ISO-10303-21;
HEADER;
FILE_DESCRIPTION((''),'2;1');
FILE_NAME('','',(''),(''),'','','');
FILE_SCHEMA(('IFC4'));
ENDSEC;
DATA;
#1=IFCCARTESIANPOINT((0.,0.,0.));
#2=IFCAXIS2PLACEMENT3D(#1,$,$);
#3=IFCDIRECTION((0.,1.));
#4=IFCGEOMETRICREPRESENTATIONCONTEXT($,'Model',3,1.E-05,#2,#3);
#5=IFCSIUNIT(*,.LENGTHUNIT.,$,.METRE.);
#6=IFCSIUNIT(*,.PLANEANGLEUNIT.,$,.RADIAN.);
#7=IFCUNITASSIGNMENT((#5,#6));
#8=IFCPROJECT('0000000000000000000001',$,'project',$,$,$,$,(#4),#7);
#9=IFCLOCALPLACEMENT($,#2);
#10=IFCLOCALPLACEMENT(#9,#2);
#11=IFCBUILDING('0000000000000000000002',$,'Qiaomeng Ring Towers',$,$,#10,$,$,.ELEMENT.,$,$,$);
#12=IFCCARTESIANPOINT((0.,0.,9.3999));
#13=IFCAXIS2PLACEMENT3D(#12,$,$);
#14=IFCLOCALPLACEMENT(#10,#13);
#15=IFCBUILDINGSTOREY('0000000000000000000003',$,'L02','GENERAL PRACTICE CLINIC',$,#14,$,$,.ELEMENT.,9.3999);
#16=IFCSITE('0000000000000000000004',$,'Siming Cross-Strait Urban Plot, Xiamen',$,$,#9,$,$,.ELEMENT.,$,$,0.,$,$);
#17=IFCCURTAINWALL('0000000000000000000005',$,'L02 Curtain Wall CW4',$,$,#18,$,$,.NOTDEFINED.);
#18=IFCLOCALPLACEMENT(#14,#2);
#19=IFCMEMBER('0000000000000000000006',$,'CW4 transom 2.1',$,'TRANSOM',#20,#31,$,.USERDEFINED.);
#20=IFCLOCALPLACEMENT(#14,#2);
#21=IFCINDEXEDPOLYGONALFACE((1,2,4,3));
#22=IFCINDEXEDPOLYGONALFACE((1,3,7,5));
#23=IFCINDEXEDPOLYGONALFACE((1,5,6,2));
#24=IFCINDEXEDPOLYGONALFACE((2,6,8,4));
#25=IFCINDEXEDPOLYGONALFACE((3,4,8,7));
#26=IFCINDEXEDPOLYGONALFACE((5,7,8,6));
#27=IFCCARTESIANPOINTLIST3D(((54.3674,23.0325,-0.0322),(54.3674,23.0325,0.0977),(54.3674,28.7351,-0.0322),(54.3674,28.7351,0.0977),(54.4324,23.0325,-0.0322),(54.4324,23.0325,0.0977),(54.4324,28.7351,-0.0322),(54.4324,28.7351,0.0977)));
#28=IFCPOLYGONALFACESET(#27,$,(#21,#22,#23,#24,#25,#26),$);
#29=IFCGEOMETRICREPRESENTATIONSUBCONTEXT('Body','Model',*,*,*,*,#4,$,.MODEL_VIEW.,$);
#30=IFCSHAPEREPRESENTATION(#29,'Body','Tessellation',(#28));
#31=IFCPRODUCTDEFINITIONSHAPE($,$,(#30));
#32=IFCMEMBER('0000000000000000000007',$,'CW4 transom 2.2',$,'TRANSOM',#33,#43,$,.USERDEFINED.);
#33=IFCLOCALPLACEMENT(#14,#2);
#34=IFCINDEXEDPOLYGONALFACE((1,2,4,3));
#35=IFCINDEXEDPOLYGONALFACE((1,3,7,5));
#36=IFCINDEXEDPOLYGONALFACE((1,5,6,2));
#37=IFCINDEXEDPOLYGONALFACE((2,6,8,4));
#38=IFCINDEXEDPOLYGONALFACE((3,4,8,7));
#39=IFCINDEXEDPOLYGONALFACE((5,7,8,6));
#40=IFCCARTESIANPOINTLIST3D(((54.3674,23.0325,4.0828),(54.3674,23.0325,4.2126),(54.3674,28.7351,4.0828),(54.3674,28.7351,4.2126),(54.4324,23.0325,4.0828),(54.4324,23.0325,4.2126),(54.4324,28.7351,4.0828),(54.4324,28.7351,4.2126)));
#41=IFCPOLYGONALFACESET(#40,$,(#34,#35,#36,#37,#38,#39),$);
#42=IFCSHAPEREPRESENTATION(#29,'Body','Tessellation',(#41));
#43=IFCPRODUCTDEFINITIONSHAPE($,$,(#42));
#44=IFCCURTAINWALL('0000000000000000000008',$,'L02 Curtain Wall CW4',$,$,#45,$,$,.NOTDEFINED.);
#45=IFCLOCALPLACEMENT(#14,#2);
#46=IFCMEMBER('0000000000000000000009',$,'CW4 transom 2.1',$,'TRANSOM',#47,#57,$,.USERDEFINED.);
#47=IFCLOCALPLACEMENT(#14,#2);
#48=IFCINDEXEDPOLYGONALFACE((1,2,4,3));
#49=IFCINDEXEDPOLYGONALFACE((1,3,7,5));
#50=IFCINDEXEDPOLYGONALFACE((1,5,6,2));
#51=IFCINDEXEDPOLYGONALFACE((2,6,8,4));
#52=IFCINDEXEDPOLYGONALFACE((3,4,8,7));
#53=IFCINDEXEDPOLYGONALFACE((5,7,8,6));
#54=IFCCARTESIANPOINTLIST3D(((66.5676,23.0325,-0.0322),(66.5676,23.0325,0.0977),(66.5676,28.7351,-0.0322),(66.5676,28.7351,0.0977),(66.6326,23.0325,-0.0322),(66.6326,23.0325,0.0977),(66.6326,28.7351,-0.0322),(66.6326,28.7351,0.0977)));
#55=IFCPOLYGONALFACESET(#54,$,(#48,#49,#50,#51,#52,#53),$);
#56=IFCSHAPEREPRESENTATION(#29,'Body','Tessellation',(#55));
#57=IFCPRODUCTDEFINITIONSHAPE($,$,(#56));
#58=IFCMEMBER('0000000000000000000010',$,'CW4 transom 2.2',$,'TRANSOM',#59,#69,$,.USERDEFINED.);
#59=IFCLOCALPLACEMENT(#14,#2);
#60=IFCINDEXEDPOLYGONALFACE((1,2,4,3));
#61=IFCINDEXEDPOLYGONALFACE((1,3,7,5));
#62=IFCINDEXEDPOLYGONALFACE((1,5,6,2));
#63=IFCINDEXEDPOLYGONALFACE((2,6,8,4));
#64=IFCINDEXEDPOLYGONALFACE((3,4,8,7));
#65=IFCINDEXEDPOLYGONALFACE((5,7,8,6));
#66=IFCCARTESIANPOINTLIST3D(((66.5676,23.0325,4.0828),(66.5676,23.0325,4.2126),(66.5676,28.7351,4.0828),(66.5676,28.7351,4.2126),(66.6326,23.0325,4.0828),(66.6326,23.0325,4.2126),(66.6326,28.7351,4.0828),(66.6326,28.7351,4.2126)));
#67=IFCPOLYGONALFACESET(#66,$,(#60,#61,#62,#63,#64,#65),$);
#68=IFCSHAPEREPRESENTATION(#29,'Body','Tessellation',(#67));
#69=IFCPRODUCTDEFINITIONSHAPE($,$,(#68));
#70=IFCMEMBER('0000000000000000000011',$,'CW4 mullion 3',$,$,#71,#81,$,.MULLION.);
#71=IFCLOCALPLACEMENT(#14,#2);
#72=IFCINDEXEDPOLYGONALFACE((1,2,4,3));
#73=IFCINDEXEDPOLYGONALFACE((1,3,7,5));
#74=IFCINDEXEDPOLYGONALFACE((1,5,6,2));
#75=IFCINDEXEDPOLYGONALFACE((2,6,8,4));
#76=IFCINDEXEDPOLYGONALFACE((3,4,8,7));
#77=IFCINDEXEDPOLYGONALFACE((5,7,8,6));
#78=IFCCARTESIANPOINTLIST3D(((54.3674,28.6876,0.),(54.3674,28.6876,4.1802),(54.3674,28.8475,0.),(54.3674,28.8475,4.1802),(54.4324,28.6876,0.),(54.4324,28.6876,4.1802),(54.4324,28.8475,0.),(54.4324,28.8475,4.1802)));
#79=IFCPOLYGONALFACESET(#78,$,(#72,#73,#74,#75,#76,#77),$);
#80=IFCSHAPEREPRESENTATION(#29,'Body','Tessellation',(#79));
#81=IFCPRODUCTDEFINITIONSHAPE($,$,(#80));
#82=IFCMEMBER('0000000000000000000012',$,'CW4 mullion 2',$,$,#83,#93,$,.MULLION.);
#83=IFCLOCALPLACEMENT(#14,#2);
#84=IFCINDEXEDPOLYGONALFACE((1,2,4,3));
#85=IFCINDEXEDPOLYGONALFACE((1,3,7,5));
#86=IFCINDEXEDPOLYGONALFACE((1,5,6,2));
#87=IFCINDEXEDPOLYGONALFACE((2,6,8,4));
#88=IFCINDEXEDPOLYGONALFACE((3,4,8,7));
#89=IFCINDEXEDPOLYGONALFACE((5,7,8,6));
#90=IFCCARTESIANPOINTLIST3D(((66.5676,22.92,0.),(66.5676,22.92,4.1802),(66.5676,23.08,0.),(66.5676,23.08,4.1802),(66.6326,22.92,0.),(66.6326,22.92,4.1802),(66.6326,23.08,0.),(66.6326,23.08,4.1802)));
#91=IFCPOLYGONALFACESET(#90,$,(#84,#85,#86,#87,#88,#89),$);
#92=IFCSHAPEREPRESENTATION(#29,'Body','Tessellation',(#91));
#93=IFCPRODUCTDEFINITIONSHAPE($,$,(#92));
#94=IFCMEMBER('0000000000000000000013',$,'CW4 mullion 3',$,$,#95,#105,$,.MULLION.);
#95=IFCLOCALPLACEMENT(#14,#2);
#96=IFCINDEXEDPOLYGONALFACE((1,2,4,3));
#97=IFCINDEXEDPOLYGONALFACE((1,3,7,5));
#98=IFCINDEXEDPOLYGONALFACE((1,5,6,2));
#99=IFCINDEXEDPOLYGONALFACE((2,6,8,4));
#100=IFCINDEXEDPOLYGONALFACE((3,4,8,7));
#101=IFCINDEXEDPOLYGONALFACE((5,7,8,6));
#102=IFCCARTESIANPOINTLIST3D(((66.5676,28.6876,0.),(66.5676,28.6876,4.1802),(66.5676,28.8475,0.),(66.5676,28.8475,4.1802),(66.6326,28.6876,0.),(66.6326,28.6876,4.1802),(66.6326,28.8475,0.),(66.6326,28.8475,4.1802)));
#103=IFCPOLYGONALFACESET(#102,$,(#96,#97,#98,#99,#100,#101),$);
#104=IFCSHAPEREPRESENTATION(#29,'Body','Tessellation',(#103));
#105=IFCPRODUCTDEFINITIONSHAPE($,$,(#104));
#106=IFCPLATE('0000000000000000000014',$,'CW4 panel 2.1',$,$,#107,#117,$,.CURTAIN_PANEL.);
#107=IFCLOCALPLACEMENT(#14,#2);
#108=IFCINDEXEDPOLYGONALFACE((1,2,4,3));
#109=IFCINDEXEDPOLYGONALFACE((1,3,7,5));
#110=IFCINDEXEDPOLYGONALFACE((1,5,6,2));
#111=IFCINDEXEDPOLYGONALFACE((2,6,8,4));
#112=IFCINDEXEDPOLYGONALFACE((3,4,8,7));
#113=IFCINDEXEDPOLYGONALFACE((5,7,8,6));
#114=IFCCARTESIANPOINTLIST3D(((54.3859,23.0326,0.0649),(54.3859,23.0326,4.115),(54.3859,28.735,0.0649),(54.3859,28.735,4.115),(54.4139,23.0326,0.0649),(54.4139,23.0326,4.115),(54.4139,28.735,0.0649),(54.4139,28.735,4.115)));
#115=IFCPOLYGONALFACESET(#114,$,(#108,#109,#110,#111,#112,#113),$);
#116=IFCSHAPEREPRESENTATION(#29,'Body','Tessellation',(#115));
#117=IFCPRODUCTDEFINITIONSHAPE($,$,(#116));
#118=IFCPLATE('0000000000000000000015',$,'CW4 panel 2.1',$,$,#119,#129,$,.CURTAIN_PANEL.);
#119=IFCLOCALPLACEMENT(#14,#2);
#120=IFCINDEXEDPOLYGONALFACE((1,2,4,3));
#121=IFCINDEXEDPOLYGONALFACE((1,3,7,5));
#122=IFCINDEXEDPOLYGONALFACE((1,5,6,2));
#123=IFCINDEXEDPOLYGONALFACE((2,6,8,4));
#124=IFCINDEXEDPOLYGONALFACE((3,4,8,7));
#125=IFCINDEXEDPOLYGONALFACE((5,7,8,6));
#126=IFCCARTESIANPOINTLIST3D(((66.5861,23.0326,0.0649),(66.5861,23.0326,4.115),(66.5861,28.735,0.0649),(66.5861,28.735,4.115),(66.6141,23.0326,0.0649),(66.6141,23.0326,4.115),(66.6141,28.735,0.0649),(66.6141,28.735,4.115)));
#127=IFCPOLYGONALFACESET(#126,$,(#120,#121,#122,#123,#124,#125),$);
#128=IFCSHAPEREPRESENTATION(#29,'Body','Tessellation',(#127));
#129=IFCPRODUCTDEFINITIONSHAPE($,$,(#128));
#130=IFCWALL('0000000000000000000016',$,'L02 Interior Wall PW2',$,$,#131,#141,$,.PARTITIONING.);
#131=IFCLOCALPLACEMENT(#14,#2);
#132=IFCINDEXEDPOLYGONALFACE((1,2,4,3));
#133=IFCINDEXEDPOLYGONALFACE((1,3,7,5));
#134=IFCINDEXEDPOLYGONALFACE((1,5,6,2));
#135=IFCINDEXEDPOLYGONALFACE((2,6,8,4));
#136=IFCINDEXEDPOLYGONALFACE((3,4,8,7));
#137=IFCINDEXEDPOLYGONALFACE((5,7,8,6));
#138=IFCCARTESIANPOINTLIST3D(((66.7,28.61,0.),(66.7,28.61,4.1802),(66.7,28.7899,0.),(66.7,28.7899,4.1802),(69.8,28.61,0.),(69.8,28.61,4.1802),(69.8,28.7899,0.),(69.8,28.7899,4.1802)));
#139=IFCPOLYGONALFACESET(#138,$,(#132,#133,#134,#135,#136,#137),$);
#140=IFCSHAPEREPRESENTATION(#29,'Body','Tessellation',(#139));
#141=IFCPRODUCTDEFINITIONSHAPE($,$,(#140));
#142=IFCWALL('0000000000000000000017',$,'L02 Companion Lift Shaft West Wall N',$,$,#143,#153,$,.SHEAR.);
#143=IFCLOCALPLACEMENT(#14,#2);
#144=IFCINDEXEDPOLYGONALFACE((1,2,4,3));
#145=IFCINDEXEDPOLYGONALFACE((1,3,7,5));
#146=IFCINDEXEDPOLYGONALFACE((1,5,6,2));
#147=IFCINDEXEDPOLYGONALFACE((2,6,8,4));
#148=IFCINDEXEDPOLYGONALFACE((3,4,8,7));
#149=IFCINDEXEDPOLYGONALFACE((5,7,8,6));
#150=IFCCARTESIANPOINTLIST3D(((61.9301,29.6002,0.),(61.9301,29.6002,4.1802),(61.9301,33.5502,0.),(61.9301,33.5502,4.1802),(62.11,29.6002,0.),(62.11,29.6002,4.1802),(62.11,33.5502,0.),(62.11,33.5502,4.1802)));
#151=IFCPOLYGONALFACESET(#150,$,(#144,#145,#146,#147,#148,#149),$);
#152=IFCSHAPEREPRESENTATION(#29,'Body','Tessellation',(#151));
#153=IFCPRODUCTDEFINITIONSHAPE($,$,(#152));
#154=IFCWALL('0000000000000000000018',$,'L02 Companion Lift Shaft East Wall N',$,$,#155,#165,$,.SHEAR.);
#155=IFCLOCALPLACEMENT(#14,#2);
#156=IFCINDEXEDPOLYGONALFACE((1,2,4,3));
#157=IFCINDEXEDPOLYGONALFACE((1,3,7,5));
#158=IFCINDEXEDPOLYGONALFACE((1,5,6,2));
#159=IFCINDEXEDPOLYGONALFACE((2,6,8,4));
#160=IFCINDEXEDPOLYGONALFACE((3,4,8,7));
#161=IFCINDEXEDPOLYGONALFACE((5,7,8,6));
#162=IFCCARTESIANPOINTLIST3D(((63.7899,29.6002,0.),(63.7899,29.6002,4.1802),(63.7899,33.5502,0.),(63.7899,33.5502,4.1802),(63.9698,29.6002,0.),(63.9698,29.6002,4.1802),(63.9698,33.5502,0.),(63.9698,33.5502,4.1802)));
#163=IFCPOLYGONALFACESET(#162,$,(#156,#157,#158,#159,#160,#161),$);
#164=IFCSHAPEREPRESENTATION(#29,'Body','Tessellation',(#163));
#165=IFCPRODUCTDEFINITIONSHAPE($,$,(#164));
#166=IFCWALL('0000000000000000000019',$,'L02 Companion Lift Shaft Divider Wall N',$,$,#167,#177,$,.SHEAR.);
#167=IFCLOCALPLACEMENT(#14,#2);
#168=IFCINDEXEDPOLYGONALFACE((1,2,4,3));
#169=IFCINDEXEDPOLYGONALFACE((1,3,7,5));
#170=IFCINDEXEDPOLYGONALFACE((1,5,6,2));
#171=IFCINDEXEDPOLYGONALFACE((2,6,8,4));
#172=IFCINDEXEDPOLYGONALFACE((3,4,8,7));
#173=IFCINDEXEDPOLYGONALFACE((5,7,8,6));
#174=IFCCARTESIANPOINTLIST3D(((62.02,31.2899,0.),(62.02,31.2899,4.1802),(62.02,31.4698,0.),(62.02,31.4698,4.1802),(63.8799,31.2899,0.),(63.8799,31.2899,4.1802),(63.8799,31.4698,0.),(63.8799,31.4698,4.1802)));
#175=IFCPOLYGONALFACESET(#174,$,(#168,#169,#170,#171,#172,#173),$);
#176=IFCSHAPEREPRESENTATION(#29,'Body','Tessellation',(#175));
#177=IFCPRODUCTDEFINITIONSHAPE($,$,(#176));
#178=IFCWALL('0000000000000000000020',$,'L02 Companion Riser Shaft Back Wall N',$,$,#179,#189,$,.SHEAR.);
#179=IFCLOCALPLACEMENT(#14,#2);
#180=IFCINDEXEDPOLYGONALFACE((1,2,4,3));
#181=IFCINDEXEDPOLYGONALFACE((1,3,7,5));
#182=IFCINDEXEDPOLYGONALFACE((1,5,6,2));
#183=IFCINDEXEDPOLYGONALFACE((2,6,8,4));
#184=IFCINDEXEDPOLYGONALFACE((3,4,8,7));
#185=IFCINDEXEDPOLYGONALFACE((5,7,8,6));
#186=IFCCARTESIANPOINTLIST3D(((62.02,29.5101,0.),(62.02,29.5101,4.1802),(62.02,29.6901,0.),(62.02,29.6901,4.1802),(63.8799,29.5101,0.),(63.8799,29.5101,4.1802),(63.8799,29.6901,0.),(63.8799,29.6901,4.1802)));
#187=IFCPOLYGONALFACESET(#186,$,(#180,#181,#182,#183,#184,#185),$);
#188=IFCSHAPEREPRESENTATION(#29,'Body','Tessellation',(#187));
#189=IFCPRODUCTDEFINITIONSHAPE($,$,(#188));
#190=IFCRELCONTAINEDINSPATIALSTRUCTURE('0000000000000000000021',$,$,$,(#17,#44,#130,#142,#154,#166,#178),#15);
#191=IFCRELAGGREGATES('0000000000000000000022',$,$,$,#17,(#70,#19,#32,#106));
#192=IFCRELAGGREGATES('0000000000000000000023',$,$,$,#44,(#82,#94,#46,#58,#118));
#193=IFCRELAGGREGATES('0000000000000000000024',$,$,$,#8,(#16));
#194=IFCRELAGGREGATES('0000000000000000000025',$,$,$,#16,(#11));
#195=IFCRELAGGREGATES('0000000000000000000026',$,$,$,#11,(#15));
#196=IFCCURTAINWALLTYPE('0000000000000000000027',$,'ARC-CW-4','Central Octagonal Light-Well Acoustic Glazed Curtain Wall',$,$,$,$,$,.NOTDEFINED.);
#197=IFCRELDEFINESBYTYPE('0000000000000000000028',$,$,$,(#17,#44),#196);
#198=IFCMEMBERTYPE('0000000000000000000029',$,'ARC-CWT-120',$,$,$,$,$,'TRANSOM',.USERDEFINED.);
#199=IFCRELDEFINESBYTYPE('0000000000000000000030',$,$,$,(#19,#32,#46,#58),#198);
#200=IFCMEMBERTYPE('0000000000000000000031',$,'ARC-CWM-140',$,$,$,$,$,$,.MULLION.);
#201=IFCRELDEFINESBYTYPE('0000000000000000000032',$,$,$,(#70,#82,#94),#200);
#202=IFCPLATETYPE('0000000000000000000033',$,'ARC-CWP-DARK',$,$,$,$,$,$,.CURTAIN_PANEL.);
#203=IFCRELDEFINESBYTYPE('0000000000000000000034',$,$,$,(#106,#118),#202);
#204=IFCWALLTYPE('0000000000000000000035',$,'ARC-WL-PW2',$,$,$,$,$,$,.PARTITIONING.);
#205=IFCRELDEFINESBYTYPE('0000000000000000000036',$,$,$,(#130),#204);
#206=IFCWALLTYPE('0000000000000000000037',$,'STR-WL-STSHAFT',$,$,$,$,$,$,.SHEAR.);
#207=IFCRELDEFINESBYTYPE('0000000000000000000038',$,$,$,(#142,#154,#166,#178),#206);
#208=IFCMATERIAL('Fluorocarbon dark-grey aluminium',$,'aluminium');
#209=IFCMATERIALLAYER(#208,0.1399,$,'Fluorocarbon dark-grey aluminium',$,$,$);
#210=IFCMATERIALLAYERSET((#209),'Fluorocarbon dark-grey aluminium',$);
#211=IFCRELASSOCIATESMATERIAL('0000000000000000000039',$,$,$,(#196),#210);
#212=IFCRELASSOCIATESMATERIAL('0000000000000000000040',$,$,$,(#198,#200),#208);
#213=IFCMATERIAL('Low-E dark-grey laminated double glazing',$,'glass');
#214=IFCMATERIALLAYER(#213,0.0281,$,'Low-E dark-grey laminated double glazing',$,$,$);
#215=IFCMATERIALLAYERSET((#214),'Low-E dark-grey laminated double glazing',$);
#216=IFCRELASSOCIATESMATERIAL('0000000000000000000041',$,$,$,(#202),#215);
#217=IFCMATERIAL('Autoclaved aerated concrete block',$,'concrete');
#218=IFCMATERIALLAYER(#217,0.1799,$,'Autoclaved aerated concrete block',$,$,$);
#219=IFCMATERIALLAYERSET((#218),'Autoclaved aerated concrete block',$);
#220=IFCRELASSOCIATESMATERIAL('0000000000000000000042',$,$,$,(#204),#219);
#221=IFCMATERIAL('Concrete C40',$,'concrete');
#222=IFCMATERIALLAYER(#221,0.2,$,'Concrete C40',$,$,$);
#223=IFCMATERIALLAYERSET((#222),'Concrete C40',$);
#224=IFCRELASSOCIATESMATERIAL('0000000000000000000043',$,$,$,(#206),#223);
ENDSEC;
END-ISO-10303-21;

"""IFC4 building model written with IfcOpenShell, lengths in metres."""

from ifc_helpers import new_model, si_unit, direction, frame, frame_2d, origin, origin_2d, place, context, subcontext, project, spatial, rectangle, extrude, source, transform, mapped, material, layer, layer_set, material_profile, profile_set, type_object, element, aggregate, save


model = new_model("IFC4")

# Units and contexts
model_context = context("Model", 3, precision=1e-05, world=origin(), true_north=direction((0.0, 1.0)))
body_context = subcontext(model_context, "Body", "Model", "MODEL_VIEW")
ifc_project = project(units=[si_unit("LENGTHUNIT", "METRE"), si_unit("PLANEANGLEUNIT", "RADIAN")], contexts=[model_context])

# Site, building, storey
site_placement = place(None, origin())
site = spatial("IfcSite", under=ifc_project, at=site_placement, Name="Siming Cross-Strait Urban Plot, Xiamen", CompositionType="ELEMENT", RefElevation=0.0)
building_placement = place(site_placement, origin())
building = spatial("IfcBuilding", under=site, at=building_placement, Name="Qiaomeng Ring Towers", CompositionType="ELEMENT")
storey_placement = place(building_placement, frame((0.0, 0.0, 9.3999)))
storey = spatial("IfcBuildingStorey", under=building, at=storey_placement, Name="L02", Description="GENERAL PRACTICE CLINIC", CompositionType="ELEMENT", Elevation=9.3999)

# Curtain walls, members
ifc_material_1 = material(Name="Fluorocarbon dark-grey aluminium", Category="aluminium")
ifc_layer_1 = layer(ifc_material_1, 0.1399, Name="Fluorocarbon dark-grey aluminium")
ifc_layer_set_1 = layer_set([ifc_layer_1], Name="Fluorocarbon dark-grey aluminium")
curtain_wall_type = type_object("IfcCurtainWallType", Name="ARC-CW-4", Description="Central Octagonal Light-Well Acoustic Glazed Curtain Wall", PredefinedType="NOTDEFINED", material=ifc_layer_set_1)
curtain_wall_1_placement = place(storey_placement, origin())
curtain_wall_1 = element("IfcCurtainWall", 1, at=curtain_wall_1_placement, inside=storey, type_object=curtain_wall_type, Name="L02 Curtain Wall CW4", PredefinedType="NOTDEFINED")
ifc_material_profile_1 = material_profile(ifc_material_1, rectangle(XDim=0.0649, YDim=0.1299, at=origin_2d()), Name="ALU TRAN 65x130")
ifc_profile_set_1 = profile_set([ifc_material_profile_1], Name="Fluorocarbon dark-grey aluminium")
member_type_1 = type_object("IfcMemberType", Name="ARC-CWT-120", ElementType="TRANSOM", PredefinedType="USERDEFINED", material=ifc_profile_set_1)
shared_shape_1 = source(origin(), body_context, "Body", "SweptSolid", [
    extrude(rectangle(XDim=0.0649, YDim=0.1299, at=origin_2d()), origin(), (0.0, 0.0, 1.0), 5.7026),
])
member_1_placement = place(storey_placement, frame((54.3999, 23.0325, 0.0327), z_axis=(0.0, 1.0, 0.0), x_axis=(-1.0, 0.0, 0.0)))
member_1 = element("IfcMember", 2, at=member_1_placement, type_object=member_type_1, Name="CW4 transom 2.1", ObjectType="TRANSOM", PredefinedType="USERDEFINED", context=body_context, shape_type="MappedRepresentation", body=[
    mapped(shared_shape_1, transform((0.0, 0.0, 0.0), x_axis=(1.0, 0.0, 0.0), y_axis=(0.0, 1.0, 0.0), z_axis=(0.0, 0.0, 1.0), scale=1.0)),
])
member_2_placement = place(storey_placement, frame((54.3999, 23.0325, 4.1477), z_axis=(0.0, 1.0, 0.0), x_axis=(-1.0, 0.0, 0.0)))
member_2 = element("IfcMember", 3, at=member_2_placement, type_object=member_type_1, Name="CW4 transom 2.2", ObjectType="TRANSOM", PredefinedType="USERDEFINED", context=body_context, shape_type="MappedRepresentation", body=[
    mapped(shared_shape_1, transform((0.0, 0.0, 0.0), x_axis=(1.0, 0.0, 0.0), y_axis=(0.0, 1.0, 0.0), z_axis=(0.0, 0.0, 1.0), scale=1.0)),
])
curtain_wall_2_placement = place(storey_placement, origin())
curtain_wall_2 = element("IfcCurtainWall", 4, at=curtain_wall_2_placement, inside=storey, type_object=curtain_wall_type, Name="L02 Curtain Wall CW4", PredefinedType="NOTDEFINED")
member_3_placement = place(storey_placement, frame((66.6001, 23.0325, 0.0327), z_axis=(0.0, 1.0, 0.0), x_axis=(-1.0, 0.0, 0.0)))
member_3 = element("IfcMember", 5, at=member_3_placement, type_object=member_type_1, Name="CW4 transom 2.1", ObjectType="TRANSOM", PredefinedType="USERDEFINED", context=body_context, shape_type="MappedRepresentation", body=[
    mapped(shared_shape_1, transform((0.0, 0.0, 0.0), x_axis=(1.0, 0.0, 0.0), y_axis=(0.0, 1.0, 0.0), z_axis=(0.0, 0.0, 1.0), scale=1.0)),
])
member_4_placement = place(storey_placement, frame((66.6001, 23.0325, 4.1477), z_axis=(0.0, 1.0, 0.0), x_axis=(-1.0, 0.0, 0.0)))
member_4 = element("IfcMember", 6, at=member_4_placement, type_object=member_type_1, Name="CW4 transom 2.2", ObjectType="TRANSOM", PredefinedType="USERDEFINED", context=body_context, shape_type="MappedRepresentation", body=[
    mapped(shared_shape_1, transform((0.0, 0.0, 0.0), x_axis=(1.0, 0.0, 0.0), y_axis=(0.0, 1.0, 0.0), z_axis=(0.0, 0.0, 1.0), scale=1.0)),
])

# Members
ifc_material_profile_2 = material_profile(ifc_material_1, rectangle(XDim=0.0649, YDim=0.1599, at=origin_2d()), Name="ALU MULL 65x160")
ifc_profile_set_2 = profile_set([ifc_material_profile_2], Name="Fluorocarbon dark-grey aluminium")
member_type_2 = type_object("IfcMemberType", Name="ARC-CWM-140", PredefinedType="MULLION", material=ifc_profile_set_2)
shared_shape_2 = source(origin(), body_context, "Body", "SweptSolid", [
    extrude(rectangle(XDim=0.0649, YDim=0.1599, at=origin_2d()), origin(), (0.0, 0.0, 1.0), 4.1802),
])
member_5_placement = place(storey_placement, frame((54.3999, 28.7676, 0.0), z_axis=(0.0, 0.0, 1.0), x_axis=(-1.0, 0.0, 0.0)))
member_5 = element("IfcMember", 7, at=member_5_placement, type_object=member_type_2, Name="CW4 mullion 3", PredefinedType="MULLION", context=body_context, shape_type="MappedRepresentation", body=[
    mapped(shared_shape_2, transform((0.0, 0.0, 0.0), x_axis=(1.0, 0.0, 0.0), y_axis=(0.0, 1.0, 0.0), z_axis=(0.0, 0.0, 1.0), scale=1.0)),
])
member_6_placement = place(storey_placement, frame((66.6001, 23.0, 0.0), z_axis=(0.0, 0.0, 1.0), x_axis=(-1.0, 0.0, 0.0)))
member_6 = element("IfcMember", 8, at=member_6_placement, type_object=member_type_2, Name="CW4 mullion 2", PredefinedType="MULLION", context=body_context, shape_type="MappedRepresentation", body=[
    mapped(shared_shape_2, transform((0.0, 0.0, 0.0), x_axis=(1.0, 0.0, 0.0), y_axis=(0.0, 1.0, 0.0), z_axis=(0.0, 0.0, 1.0), scale=1.0)),
])
member_7_placement = place(storey_placement, frame((66.6001, 28.7676, 0.0), z_axis=(0.0, 0.0, 1.0), x_axis=(-1.0, 0.0, 0.0)))
member_7 = element("IfcMember", 9, at=member_7_placement, type_object=member_type_2, Name="CW4 mullion 3", PredefinedType="MULLION", context=body_context, shape_type="MappedRepresentation", body=[
    mapped(shared_shape_2, transform((0.0, 0.0, 0.0), x_axis=(1.0, 0.0, 0.0), y_axis=(0.0, 1.0, 0.0), z_axis=(0.0, 0.0, 1.0), scale=1.0)),
])

# Plates
ifc_material_2 = material(Name="Low-E dark-grey laminated double glazing", Category="glass")
ifc_layer_2 = layer(ifc_material_2, 0.0281, Name="Low-E dark-grey laminated double glazing")
ifc_layer_set_2 = layer_set([ifc_layer_2], Name="Low-E dark-grey laminated double glazing")
plate_type = type_object("IfcPlateType", Name="ARC-CWP-DARK", PredefinedType="CURTAIN_PANEL", material=ifc_layer_set_2)
shared_shape_3 = source(origin(), body_context, "Body", "SweptSolid", [
    extrude(rectangle(XDim=5.7024, YDim=0.0281, at=origin_2d()), origin(), (0.0, 0.0, 1.0), 4.05),
])
plate_1_placement = place(storey_placement, frame((54.3999, 25.8838, 0.0649), z_axis=(0.0, 0.0, 1.0), x_axis=(0.0, 1.0, 0.0)))
plate_1 = element("IfcPlate", 10, at=plate_1_placement, type_object=plate_type, Name="CW4 panel 2.1", PredefinedType="CURTAIN_PANEL", context=body_context, shape_type="MappedRepresentation", body=[
    mapped(shared_shape_3, transform((0.0, 0.0, 0.0), x_axis=(1.0, 0.0, 0.0), y_axis=(0.0, 1.0, 0.0), z_axis=(0.0, 0.0, 1.0), scale=1.0)),
])
aggregate(curtain_wall_1, [member_5, member_1, member_2, plate_1])
plate_2_placement = place(storey_placement, frame((66.6001, 25.8838, 0.0649), z_axis=(0.0, 0.0, 1.0), x_axis=(0.0, 1.0, 0.0)))
plate_2 = element("IfcPlate", 11, at=plate_2_placement, type_object=plate_type, Name="CW4 panel 2.1", PredefinedType="CURTAIN_PANEL", context=body_context, shape_type="MappedRepresentation", body=[
    mapped(shared_shape_3, transform((0.0, 0.0, 0.0), x_axis=(1.0, 0.0, 0.0), y_axis=(0.0, 1.0, 0.0), z_axis=(0.0, 0.0, 1.0), scale=1.0)),
])
aggregate(curtain_wall_2, [member_6, member_7, member_3, member_4, plate_2])

# Walls
ifc_material_3 = material(Name="Autoclaved aerated concrete block", Category="concrete")
ifc_layer_3 = layer(ifc_material_3, 0.1799, Name="Autoclaved aerated concrete block")
ifc_layer_set_3 = layer_set([ifc_layer_3], Name="Autoclaved aerated concrete block")
wall_type_1 = type_object("IfcWallType", Name="ARC-WL-PW2", PredefinedType="PARTITIONING", material=ifc_layer_set_3)
wall_1_placement = place(storey_placement, frame((66.7, 28.7, 0.0), z_axis=(0.0, 0.0, 1.0), x_axis=(1.0, 0.0, 0.0)))
element("IfcWall", 12, at=wall_1_placement, inside=storey, type_object=wall_type_1, Name="L02 Interior Wall PW2", PredefinedType="PARTITIONING", context=body_context, shape_type="SweptSolid", body=[
    extrude(rectangle(XDim=3.1001, YDim=0.1799, at=frame_2d((1.55, 0.0))), origin(), (0.0, 0.0, 1.0), 4.1802),
])
ifc_material_4 = material(Name="Concrete C40", Category="concrete")
ifc_layer_4 = layer(ifc_material_4, 0.2, Name="Concrete C40")
ifc_layer_set_4 = layer_set([ifc_layer_4], Name="Concrete C40")
wall_type_2 = type_object("IfcWallType", Name="STR-WL-STSHAFT", PredefinedType="SHEAR", material=ifc_layer_set_4)
for number, where, z_axis, x_axis, name in (
    (13, (62.02, 29.6001, 0.0), (0.0, 0.0, 1.0), (0.0, 1.0, 0.0), "L02 Companion Lift Shaft West Wall N"),
    (14, (63.8799, 29.6001, 0.0), (0.0, 0.0, 1.0), (0.0, 1.0, 0.0), "L02 Companion Lift Shaft East Wall N"),
):
    element("IfcWall", number, at=place(storey_placement, frame(where, z_axis=z_axis, x_axis=x_axis)), inside=storey, type_object=wall_type_2, Name=name, PredefinedType="SHEAR", context=body_context, shape_type="SweptSolid", body=[
        extrude(rectangle(XDim=3.95, YDim=0.1799, at=frame_2d((1.9751, 0.0))), origin(), (0.0, 0.0, 1.0), 4.1802),
    ])
for number, where, z_axis, x_axis, name in (
    (15, (62.02, 31.3799, 0.0), (0.0, 0.0, 1.0), (1.0, 0.0, 0.0), "L02 Companion Lift Shaft Divider Wall N"),
    (16, (62.02, 29.6001, 0.0), (0.0, 0.0, 1.0), (1.0, 0.0, 0.0), "L02 Companion Riser Shaft Back Wall N"),
):
    element("IfcWall", number, at=place(storey_placement, frame(where, z_axis=z_axis, x_axis=x_axis)), inside=storey, type_object=wall_type_2, Name=name, PredefinedType="SHEAR", context=body_context, shape_type="SweptSolid", body=[
        extrude(rectangle(XDim=1.8599, YDim=0.1799, at=frame_2d((0.9299, 0.0))), origin(), (0.0, 0.0, 1.0), 4.1802),
    ])

save(model, "model.ifc")
